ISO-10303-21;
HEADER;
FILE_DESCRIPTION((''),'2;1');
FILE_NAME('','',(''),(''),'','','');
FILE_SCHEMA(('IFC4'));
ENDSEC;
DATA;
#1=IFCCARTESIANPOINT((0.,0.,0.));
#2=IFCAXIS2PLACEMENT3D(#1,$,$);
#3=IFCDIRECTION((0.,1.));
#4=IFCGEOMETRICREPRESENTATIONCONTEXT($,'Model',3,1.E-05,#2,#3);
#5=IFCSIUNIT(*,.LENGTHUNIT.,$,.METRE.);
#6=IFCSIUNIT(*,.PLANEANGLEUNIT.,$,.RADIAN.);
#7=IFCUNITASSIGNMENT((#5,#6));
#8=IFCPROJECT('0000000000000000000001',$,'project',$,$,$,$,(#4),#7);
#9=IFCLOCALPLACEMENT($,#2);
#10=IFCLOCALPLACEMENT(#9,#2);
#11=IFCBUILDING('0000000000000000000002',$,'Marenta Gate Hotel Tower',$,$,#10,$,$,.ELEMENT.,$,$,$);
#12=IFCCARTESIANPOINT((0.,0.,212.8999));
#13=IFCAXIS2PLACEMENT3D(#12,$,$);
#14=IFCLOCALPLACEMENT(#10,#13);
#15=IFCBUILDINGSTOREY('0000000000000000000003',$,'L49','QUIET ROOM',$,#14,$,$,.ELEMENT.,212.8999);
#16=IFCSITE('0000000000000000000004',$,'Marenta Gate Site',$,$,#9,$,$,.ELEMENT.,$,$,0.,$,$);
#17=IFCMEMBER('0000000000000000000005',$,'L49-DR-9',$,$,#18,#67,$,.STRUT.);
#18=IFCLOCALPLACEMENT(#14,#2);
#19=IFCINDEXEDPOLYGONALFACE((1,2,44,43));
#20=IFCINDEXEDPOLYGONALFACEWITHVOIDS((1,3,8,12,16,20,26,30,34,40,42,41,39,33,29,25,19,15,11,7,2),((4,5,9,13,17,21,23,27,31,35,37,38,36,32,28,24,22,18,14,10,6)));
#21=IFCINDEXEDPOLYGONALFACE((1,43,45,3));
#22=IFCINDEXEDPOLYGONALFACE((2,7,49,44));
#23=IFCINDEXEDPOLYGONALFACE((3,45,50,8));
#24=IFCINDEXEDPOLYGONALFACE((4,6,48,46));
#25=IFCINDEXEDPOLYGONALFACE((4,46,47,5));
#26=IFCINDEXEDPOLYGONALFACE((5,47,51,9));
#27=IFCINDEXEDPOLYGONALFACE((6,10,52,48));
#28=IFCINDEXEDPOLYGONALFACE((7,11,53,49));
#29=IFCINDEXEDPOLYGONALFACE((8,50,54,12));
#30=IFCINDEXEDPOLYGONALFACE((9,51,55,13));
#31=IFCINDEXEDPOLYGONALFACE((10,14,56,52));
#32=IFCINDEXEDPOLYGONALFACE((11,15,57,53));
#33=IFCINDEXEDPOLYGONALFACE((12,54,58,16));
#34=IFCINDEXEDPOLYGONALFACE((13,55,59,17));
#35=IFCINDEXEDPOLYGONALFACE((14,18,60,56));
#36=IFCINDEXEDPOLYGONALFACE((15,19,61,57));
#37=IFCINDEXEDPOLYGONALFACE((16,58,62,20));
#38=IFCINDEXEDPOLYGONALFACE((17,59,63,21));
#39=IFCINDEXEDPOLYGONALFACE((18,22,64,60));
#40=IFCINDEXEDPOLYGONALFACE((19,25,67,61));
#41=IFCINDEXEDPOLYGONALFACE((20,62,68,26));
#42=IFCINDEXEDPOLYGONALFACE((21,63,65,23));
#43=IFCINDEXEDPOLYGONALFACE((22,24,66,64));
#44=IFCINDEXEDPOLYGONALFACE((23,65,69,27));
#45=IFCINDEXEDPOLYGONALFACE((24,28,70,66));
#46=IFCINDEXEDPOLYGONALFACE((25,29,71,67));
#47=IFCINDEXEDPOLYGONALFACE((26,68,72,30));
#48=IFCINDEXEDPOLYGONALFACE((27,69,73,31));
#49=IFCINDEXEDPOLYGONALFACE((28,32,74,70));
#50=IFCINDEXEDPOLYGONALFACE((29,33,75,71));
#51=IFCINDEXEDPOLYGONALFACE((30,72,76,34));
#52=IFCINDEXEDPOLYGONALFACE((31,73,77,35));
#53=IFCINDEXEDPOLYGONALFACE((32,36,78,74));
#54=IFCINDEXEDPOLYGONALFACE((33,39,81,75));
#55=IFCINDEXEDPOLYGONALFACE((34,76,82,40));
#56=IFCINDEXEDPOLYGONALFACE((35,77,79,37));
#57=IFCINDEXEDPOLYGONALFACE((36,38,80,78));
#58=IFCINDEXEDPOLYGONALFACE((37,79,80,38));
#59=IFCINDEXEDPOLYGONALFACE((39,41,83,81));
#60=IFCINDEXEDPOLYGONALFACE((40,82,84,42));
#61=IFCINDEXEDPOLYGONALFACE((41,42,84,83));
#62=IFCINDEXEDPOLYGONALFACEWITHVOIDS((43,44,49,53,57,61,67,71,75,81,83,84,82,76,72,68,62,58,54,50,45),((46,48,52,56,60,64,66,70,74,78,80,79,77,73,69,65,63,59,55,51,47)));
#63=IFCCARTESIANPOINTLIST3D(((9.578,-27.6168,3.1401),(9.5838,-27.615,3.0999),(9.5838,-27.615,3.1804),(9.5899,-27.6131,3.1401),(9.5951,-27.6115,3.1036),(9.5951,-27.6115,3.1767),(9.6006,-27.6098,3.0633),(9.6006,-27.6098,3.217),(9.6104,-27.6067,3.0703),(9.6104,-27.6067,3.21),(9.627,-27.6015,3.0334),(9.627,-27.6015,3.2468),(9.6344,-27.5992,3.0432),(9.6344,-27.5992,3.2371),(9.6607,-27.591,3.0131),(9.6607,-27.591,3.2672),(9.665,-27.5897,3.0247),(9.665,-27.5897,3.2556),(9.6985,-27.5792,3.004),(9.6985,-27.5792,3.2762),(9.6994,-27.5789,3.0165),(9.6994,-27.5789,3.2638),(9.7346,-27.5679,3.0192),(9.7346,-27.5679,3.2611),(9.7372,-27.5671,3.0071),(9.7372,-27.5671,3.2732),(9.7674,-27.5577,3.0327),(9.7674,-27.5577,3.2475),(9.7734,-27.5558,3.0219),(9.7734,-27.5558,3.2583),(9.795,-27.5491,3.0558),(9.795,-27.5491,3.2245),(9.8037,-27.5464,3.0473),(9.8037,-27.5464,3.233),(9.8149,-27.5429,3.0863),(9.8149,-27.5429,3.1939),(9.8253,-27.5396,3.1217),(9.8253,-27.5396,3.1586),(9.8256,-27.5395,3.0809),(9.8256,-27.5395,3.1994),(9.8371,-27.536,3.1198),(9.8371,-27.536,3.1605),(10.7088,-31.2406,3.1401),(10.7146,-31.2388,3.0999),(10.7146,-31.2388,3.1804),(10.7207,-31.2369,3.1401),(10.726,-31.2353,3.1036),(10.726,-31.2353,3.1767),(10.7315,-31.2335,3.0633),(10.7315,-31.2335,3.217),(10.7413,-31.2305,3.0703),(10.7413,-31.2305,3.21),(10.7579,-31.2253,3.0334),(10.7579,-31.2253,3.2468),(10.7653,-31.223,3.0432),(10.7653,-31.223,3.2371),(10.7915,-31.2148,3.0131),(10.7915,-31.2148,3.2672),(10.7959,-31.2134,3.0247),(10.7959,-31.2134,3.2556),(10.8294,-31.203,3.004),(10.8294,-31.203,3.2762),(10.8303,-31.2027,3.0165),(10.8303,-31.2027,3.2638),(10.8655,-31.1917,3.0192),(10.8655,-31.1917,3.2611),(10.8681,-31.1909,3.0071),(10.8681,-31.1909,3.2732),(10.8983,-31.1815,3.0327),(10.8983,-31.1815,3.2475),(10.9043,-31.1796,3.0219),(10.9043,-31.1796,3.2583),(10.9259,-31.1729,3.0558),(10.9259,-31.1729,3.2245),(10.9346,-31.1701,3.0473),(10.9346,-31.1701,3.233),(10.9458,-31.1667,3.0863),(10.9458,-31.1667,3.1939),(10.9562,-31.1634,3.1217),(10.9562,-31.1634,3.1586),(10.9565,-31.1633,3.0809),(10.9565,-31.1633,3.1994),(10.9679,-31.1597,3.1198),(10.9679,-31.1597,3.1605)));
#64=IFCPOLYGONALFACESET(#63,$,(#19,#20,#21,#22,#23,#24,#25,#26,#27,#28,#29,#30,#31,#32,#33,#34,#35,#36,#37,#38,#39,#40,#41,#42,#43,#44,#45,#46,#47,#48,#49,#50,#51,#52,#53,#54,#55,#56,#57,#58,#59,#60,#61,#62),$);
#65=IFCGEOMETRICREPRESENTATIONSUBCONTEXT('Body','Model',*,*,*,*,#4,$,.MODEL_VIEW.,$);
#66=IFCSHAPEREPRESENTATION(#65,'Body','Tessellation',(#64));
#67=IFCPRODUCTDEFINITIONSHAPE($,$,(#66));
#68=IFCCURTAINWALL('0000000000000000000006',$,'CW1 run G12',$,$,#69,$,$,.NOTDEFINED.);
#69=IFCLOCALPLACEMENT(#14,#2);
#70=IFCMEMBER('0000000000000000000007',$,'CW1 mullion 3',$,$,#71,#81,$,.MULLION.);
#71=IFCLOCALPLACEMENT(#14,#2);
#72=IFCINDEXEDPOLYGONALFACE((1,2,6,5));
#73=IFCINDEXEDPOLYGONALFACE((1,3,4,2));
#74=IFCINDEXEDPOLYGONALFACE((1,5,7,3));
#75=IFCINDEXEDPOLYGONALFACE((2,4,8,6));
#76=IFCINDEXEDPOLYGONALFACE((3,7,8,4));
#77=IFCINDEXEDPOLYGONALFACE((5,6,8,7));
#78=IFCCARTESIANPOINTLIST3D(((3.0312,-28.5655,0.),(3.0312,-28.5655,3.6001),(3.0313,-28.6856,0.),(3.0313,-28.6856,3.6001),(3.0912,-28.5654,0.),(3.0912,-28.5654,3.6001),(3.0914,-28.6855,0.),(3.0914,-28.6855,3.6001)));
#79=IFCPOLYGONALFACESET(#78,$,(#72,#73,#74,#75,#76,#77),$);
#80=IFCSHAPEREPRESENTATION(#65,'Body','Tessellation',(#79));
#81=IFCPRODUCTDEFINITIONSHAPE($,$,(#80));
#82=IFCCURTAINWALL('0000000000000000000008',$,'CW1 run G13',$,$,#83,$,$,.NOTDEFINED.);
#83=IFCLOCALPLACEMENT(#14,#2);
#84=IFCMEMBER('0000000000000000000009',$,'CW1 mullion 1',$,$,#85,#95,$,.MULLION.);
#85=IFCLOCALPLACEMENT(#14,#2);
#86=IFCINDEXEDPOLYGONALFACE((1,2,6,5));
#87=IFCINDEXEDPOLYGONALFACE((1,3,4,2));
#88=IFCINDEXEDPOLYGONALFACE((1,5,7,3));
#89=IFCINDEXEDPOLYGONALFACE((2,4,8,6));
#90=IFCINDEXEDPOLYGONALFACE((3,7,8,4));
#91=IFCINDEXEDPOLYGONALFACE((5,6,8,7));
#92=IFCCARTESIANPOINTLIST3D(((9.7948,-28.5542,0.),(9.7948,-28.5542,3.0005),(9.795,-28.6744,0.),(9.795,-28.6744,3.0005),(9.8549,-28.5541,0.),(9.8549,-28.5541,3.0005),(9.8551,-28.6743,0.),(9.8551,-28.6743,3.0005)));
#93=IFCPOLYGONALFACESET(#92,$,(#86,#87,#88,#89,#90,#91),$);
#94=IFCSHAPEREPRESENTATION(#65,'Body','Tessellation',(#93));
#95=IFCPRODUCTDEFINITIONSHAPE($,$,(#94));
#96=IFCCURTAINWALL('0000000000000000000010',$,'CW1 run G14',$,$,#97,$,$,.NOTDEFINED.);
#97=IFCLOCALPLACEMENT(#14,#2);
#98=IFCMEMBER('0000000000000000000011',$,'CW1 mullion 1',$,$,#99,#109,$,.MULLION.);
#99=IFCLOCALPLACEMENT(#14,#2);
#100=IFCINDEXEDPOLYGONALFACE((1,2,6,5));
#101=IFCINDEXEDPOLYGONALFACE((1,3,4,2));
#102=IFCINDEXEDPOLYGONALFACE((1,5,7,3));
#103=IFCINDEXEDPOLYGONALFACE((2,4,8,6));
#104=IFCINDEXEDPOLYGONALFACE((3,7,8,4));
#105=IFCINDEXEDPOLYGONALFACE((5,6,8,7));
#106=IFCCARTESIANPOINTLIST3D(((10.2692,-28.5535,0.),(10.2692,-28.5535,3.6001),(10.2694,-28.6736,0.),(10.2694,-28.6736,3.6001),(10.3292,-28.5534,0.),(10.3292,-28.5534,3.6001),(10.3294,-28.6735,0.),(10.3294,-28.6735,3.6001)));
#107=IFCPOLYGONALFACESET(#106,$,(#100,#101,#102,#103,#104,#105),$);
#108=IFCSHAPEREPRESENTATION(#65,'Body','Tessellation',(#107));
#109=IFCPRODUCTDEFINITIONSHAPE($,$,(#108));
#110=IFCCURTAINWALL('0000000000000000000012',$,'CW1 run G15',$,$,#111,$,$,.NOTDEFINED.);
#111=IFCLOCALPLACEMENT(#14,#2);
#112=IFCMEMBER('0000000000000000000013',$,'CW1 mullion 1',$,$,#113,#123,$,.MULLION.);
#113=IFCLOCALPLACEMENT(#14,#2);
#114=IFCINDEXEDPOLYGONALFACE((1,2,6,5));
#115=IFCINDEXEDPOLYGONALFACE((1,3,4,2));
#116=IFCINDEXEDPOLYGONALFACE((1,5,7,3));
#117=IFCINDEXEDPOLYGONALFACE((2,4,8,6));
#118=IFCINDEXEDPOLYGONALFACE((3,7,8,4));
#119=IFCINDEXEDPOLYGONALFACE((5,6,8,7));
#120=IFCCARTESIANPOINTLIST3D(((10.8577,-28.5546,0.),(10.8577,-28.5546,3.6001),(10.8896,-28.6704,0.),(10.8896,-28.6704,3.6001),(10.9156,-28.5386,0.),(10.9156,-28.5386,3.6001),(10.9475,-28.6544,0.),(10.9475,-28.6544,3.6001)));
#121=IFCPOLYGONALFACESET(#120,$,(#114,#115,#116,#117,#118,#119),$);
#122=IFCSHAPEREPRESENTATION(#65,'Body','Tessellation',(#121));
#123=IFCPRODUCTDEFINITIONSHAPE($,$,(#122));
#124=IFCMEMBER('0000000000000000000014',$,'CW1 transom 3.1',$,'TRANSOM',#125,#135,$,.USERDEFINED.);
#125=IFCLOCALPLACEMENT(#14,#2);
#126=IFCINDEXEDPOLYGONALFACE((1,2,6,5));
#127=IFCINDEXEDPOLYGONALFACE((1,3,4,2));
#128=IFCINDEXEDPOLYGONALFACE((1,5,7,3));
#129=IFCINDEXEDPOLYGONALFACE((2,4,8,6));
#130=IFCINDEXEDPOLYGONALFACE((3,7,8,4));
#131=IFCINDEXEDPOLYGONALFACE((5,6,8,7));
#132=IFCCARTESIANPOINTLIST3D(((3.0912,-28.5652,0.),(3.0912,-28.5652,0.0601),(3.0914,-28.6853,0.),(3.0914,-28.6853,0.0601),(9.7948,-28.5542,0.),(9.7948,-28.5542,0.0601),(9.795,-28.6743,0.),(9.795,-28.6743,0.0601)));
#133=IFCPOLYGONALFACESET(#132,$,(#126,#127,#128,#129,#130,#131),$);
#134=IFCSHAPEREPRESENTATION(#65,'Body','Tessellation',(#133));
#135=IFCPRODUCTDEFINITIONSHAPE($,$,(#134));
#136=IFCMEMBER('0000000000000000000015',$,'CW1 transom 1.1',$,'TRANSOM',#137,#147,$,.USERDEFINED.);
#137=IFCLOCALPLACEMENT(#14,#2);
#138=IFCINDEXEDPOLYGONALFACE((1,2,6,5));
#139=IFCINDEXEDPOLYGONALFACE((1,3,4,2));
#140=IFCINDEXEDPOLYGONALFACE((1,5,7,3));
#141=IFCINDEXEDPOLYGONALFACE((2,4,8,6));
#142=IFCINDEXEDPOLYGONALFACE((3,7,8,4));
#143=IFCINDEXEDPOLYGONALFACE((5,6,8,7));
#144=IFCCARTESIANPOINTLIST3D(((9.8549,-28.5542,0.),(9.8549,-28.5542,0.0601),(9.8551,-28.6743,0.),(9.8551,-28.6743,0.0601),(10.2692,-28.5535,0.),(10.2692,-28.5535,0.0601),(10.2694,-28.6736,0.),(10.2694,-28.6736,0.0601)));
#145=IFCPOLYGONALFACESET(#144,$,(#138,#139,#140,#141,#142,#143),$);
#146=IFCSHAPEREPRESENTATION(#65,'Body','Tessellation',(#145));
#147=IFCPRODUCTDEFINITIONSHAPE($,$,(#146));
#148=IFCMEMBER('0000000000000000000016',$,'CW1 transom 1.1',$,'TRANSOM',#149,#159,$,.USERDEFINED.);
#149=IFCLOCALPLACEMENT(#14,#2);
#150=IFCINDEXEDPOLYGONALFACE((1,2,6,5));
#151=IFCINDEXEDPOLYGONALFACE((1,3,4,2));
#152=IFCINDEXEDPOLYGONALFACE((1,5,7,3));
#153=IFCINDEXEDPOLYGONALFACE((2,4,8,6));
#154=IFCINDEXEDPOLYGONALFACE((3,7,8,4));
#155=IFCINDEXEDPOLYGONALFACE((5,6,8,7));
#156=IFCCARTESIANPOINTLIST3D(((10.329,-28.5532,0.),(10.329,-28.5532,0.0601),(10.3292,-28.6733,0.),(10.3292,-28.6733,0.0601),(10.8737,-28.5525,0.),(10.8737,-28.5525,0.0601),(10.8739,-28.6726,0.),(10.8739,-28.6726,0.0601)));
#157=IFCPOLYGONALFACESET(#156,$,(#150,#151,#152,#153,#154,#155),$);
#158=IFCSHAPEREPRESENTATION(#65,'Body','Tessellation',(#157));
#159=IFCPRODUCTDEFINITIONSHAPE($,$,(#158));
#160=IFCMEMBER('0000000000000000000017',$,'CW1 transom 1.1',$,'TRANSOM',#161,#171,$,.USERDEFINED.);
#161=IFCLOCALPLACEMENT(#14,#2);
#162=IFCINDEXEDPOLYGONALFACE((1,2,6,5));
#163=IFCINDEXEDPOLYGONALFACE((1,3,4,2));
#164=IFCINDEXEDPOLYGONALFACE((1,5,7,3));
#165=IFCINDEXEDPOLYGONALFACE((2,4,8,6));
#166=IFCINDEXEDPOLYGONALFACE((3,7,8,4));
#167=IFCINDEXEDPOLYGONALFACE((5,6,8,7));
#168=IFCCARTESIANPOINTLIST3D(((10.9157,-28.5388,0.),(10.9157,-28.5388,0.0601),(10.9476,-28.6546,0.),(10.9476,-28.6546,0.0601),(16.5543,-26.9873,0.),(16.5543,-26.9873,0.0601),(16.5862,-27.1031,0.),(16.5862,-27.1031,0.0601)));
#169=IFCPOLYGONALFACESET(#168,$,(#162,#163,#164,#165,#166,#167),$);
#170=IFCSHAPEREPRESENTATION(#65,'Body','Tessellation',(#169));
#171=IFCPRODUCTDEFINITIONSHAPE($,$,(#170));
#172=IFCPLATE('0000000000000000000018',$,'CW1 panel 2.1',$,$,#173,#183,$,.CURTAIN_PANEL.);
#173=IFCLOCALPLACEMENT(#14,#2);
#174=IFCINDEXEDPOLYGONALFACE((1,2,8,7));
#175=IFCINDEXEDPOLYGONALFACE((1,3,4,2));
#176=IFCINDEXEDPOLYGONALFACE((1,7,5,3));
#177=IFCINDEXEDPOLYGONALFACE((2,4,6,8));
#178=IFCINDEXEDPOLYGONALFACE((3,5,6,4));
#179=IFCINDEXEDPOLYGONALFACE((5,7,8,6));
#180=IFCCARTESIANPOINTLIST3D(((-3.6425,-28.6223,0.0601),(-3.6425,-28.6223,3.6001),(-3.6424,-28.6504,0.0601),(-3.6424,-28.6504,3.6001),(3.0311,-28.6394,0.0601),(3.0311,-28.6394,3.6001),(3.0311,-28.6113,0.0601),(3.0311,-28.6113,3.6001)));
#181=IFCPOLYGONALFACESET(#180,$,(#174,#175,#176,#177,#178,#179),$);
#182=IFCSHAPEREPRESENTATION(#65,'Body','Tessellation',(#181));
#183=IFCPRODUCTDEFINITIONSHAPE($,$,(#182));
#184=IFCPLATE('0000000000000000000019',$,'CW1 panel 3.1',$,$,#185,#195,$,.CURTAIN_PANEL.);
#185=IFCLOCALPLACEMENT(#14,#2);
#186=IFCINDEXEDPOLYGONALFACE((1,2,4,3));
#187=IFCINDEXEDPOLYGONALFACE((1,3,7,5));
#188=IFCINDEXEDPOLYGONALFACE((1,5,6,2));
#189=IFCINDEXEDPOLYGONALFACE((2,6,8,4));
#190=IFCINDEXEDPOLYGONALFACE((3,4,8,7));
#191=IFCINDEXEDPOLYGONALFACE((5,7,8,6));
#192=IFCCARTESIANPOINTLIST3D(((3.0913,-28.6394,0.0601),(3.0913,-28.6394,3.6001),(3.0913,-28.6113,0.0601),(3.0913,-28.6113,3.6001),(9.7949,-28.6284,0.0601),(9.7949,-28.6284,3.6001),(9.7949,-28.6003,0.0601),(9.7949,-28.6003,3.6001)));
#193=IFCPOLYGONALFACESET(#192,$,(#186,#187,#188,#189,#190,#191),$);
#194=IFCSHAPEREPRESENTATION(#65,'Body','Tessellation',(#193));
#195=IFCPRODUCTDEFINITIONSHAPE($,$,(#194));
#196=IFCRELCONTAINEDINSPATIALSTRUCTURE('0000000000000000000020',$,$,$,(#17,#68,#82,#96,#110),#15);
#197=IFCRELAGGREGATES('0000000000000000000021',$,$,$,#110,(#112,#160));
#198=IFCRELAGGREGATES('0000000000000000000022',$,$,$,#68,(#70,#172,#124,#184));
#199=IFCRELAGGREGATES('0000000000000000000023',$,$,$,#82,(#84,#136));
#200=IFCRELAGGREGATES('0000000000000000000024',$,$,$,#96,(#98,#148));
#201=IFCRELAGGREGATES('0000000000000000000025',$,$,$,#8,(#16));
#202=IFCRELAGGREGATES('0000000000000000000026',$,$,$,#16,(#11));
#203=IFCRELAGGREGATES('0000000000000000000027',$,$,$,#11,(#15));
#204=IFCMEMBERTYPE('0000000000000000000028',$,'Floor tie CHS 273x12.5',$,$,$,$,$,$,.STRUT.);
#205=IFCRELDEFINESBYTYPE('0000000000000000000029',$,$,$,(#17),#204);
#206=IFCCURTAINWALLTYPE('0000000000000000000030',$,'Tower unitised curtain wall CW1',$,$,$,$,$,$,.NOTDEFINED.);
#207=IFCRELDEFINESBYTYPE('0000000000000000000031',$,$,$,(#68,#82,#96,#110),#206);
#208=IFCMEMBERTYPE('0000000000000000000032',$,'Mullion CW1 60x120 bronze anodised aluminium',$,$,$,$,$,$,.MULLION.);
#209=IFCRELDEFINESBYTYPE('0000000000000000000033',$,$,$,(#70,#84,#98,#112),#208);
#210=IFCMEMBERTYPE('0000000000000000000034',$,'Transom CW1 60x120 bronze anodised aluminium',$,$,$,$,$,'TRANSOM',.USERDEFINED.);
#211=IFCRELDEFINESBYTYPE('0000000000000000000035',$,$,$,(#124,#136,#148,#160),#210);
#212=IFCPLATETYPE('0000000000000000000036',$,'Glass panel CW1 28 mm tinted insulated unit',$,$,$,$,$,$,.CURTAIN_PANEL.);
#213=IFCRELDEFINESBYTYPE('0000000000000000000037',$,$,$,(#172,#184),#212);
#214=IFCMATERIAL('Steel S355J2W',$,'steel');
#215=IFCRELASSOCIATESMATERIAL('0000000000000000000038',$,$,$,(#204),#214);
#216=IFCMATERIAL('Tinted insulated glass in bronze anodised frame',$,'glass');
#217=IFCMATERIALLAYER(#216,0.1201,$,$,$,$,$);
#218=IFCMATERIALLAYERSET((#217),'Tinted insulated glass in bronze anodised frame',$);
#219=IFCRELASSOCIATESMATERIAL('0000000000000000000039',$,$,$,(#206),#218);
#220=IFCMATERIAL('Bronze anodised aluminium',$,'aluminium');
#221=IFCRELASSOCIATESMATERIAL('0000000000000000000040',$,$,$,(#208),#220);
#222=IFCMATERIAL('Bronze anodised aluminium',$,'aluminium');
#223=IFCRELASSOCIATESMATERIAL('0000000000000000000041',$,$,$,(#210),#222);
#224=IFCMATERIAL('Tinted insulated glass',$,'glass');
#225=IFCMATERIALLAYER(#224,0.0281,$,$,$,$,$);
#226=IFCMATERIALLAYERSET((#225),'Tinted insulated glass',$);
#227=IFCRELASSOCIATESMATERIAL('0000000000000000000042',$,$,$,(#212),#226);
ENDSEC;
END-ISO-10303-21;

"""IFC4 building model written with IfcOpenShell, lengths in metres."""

from ifc_helpers import new_model, si_unit, direction, frame, origin, origin_2d, place, context, subcontext, project, spatial, rectangle, hollow_circle, extrude, material, layer, layer_set, material_profile, profile_set, type_object, element, aggregate, save


model = new_model("IFC4")

# Units and contexts
model_context = context("Model", 3, precision=1e-05, world=origin(), true_north=direction((0.0, 1.0)))
body_context = subcontext(model_context, "Body", "Model", "MODEL_VIEW")
ifc_project = project(units=[si_unit("LENGTHUNIT", "METRE"), si_unit("PLANEANGLEUNIT", "RADIAN")], contexts=[model_context])

# Site, building, storey
site_placement = place(None, origin())
site = spatial("IfcSite", under=ifc_project, at=site_placement, Name="Marenta Gate Site", CompositionType="ELEMENT", RefElevation=0.0)
building_placement = place(site_placement, origin())
building = spatial("IfcBuilding", under=site, at=building_placement, Name="Marenta Gate Hotel Tower", CompositionType="ELEMENT")
storey_placement = place(building_placement, frame((0.0, 0.0, 212.8999)))
storey = spatial("IfcBuildingStorey", under=building, at=storey_placement, Name="L49", Description="QUIET ROOM", CompositionType="ELEMENT", Elevation=212.8999)

# Member
ifc_material_1 = material(Name="Steel S355J2W", Category="steel")
ifc_material_profile_1 = material_profile(ifc_material_1, hollow_circle(Radius=0.1365, WallThickness=0.0125, at=origin_2d()), Name="CHS 273x12.5")
ifc_profile_set_1 = profile_set([ifc_material_profile_1], Name="Steel S355J2W")
member_type_1 = type_object("IfcMemberType", Name="Floor tie CHS 273x12.5", PredefinedType="STRUT", material=ifc_profile_set_1)
member_1_placement = place(storey_placement, frame((10.8391, -31.2, 3.1401), z_axis=(-0.297898, 0.954598, 0.0), x_axis=(-0.954598, -0.297898, 0.0)))
element("IfcMember", 1, at=member_1_placement, inside=storey, type_object=member_type_1, Name="L49-DR-9", PredefinedType="STRUT", context=body_context, shape_type="SweptSolid", body=[
    extrude(hollow_circle(Radius=0.1365, WallThickness=0.0125, at=origin_2d()), origin(), (0.0, 0.0, 1.0), 3.7961),
])

# Curtain walls, members
ifc_material_2 = material(Name="Tinted insulated glass in bronze anodised frame", Category="glass")
ifc_layer_1 = layer(ifc_material_2, 0.1201)
ifc_layer_set_1 = layer_set([ifc_layer_1], Name="Tinted insulated glass in bronze anodised frame")
curtain_wall_type = type_object("IfcCurtainWallType", Name="Tower unitised curtain wall CW1", PredefinedType="NOTDEFINED", material=ifc_layer_set_1)
curtain_wall_1_placement = place(storey_placement, origin())
curtain_wall_1 = element("IfcCurtainWall", 2, at=curtain_wall_1_placement, inside=storey, type_object=curtain_wall_type, Name="CW1 run G12", PredefinedType="NOTDEFINED")
ifc_material_3 = material(Name="Bronze anodised aluminium", Category="aluminium")
ifc_material_profile_2 = material_profile(ifc_material_3, rectangle(XDim=0.1201, YDim=0.0601, at=origin_2d()), Name="Mullion CW1 60x120 bronze anodised aluminium")
ifc_profile_set_2 = profile_set([ifc_material_profile_2], Name="Bronze anodised aluminium")
member_type_2 = type_object("IfcMemberType", Name="Mullion CW1 60x120 bronze anodised aluminium", PredefinedType="MULLION", material=ifc_profile_set_2)
member_2_placement = place(storey_placement, frame((3.0613, -28.6255, 0.0), z_axis=(0.0, 0.0, 1.0), x_axis=(-0.001643, 0.999999, 0.0)))
member_2 = element("IfcMember", 3, at=member_2_placement, type_object=member_type_2, Name="CW1 mullion 3", PredefinedType="MULLION", context=body_context, shape_type="SweptSolid", body=[
    extrude(rectangle(XDim=0.1201, YDim=0.0601, at=origin_2d()), origin(), (0.0, 0.0, 1.0), 3.6001),
])
curtain_wall_2_placement = place(storey_placement, origin())
curtain_wall_2 = element("IfcCurtainWall", 4, at=curtain_wall_2_placement, inside=storey, type_object=curtain_wall_type, Name="CW1 run G13", PredefinedType="NOTDEFINED")
member_3_placement = place(storey_placement, frame((9.825, -28.6143, 0.0), z_axis=(0.0, 0.0, 1.0), x_axis=(-0.001687, 0.999999, 0.0)))
member_3 = element("IfcMember", 5, at=member_3_placement, type_object=member_type_2, Name="CW1 mullion 1", PredefinedType="MULLION", context=body_context, shape_type="SweptSolid", body=[
    extrude(rectangle(XDim=0.1201, YDim=0.0601, at=origin_2d()), origin(), (0.0, 0.0, 1.0), 3.0005),
])
curtain_wall_3_placement = place(storey_placement, origin())
curtain_wall_3 = element("IfcCurtainWall", 6, at=curtain_wall_3_placement, inside=storey, type_object=curtain_wall_type, Name="CW1 run G14", PredefinedType="NOTDEFINED")
member_4_placement = place(storey_placement, frame((10.2993, -28.6135, 0.0), z_axis=(0.0, 0.0, 1.0), x_axis=(-0.001654, 0.999999, 0.0)))
member_4 = element("IfcMember", 7, at=member_4_placement, type_object=member_type_2, Name="CW1 mullion 1", PredefinedType="MULLION", context=body_context, shape_type="SweptSolid", body=[
    extrude(rectangle(XDim=0.1201, YDim=0.0601, at=origin_2d()), origin(), (0.0, 0.0, 1.0), 3.6001),
])
curtain_wall_4_placement = place(storey_placement, origin())
curtain_wall_4 = element("IfcCurtainWall", 8, at=curtain_wall_4_placement, inside=storey, type_object=curtain_wall_type, Name="CW1 run G15", PredefinedType="NOTDEFINED")
member_5_placement = place(storey_placement, frame((10.9026, -28.6045, 0.0), z_axis=(0.0, 0.0, 1.0), x_axis=(-0.265293, 0.964168, 0.0)))
member_5 = element("IfcMember", 9, at=member_5_placement, type_object=member_type_2, Name="CW1 mullion 1", PredefinedType="MULLION", context=body_context, shape_type="SweptSolid", body=[
    extrude(rectangle(XDim=0.1201, YDim=0.0601, at=origin_2d()), origin(), (0.0, 0.0, 1.0), 3.6001),
])

# Members
ifc_material_4 = material(Name="Bronze anodised aluminium", Category="aluminium")
ifc_material_profile_3 = material_profile(ifc_material_4, rectangle(XDim=0.1201, YDim=0.0601, at=origin_2d()), Name="Transom CW1 60x120 bronze anodised aluminium")
ifc_profile_set_3 = profile_set([ifc_material_profile_3], Name="Bronze anodised aluminium")
member_type_3 = type_object("IfcMemberType", Name="Transom CW1 60x120 bronze anodised aluminium", ElementType="TRANSOM", PredefinedType="USERDEFINED", material=ifc_profile_set_3)
member_6_placement = place(storey_placement, frame((3.0913, -28.6252, 0.03), z_axis=(0.999999, 0.001639, 0.0), x_axis=(-0.001639, 0.999999, 0.0)))
member_6 = element("IfcMember", 10, at=member_6_placement, type_object=member_type_3, Name="CW1 transom 3.1", ObjectType="TRANSOM", PredefinedType="USERDEFINED", context=body_context, shape_type="SweptSolid", body=[
    extrude(rectangle(XDim=0.1201, YDim=0.0601, at=origin_2d()), origin(), (0.0, 0.0, 1.0), 6.7036),
])
member_7_placement = place(storey_placement, frame((9.855, -28.6143, 0.03), z_axis=(0.999998, 0.001768, 0.0), x_axis=(-0.001768, 0.999998, 0.0)))
member_7 = element("IfcMember", 11, at=member_7_placement, type_object=member_type_3, Name="CW1 transom 1.1", ObjectType="TRANSOM", PredefinedType="USERDEFINED", context=body_context, shape_type="SweptSolid", body=[
    extrude(rectangle(XDim=0.1201, YDim=0.0601, at=origin_2d()), origin(), (0.0, 0.0, 1.0), 0.4143),
])
member_8_placement = place(storey_placement, frame((10.3291, -28.6133, 0.03), z_axis=(0.999999, 0.001345, 0.0), x_axis=(-0.001345, 0.999999, 0.0)))
member_8 = element("IfcMember", 12, at=member_8_placement, type_object=member_type_3, Name="CW1 transom 1.1", ObjectType="TRANSOM", PredefinedType="USERDEFINED", context=body_context, shape_type="SweptSolid", body=[
    extrude(rectangle(XDim=0.1201, YDim=0.0601, at=origin_2d()), origin(), (0.0, 0.0, 1.0), 0.5447),
])
member_9_placement = place(storey_placement, frame((10.9316, -28.5967, 0.03), z_axis=(0.964167, 0.265296, 0.0), x_axis=(-0.265296, 0.964167, 0.0)))
member_9 = element("IfcMember", 13, at=member_9_placement, type_object=member_type_3, Name="CW1 transom 1.1", ObjectType="TRANSOM", PredefinedType="USERDEFINED", context=body_context, shape_type="SweptSolid", body=[
    extrude(rectangle(XDim=0.1201, YDim=0.0601, at=origin_2d()), origin(), (0.0, 0.0, 1.0), 5.8481),
])
aggregate(curtain_wall_4, [member_5, member_9])

# Plates
ifc_material_5 = material(Name="Tinted insulated glass", Category="glass")
ifc_layer_2 = layer(ifc_material_5, 0.0281)
ifc_layer_set_2 = layer_set([ifc_layer_2], Name="Tinted insulated glass")
plate_type = type_object("IfcPlateType", Name="Glass panel CW1 28 mm tinted insulated unit", PredefinedType="CURTAIN_PANEL", material=ifc_layer_set_2)
plate_1_placement = place(storey_placement, frame((-0.3057, -28.6309, 0.0601), z_axis=(0.0, 0.0, 1.0), x_axis=(0.999999, 0.001643, 0.0)))
plate_1 = element("IfcPlate", 14, at=plate_1_placement, type_object=plate_type, Name="CW1 panel 2.1", PredefinedType="CURTAIN_PANEL", context=body_context, shape_type="SweptSolid", body=[
    extrude(rectangle(XDim=6.6736, YDim=0.0281, at=origin_2d()), origin(), (0.0, 0.0, 1.0), 3.54),
])
plate_2_placement = place(storey_placement, frame((6.4431, -28.6199, 0.0601), z_axis=(0.0, 0.0, 1.0), x_axis=(0.999999, 0.001643, 0.0)))
plate_2 = element("IfcPlate", 15, at=plate_2_placement, type_object=plate_type, Name="CW1 panel 3.1", PredefinedType="CURTAIN_PANEL", context=body_context, shape_type="SweptSolid", body=[
    extrude(rectangle(XDim=6.7036, YDim=0.0281, at=origin_2d()), origin(), (0.0, 0.0, 1.0), 3.54),
])
aggregate(curtain_wall_1, [member_2, plate_1, member_6, plate_2])
aggregate(curtain_wall_2, [member_3, member_7])
aggregate(curtain_wall_3, [member_4, member_8])

save(model, "model.ifc")
